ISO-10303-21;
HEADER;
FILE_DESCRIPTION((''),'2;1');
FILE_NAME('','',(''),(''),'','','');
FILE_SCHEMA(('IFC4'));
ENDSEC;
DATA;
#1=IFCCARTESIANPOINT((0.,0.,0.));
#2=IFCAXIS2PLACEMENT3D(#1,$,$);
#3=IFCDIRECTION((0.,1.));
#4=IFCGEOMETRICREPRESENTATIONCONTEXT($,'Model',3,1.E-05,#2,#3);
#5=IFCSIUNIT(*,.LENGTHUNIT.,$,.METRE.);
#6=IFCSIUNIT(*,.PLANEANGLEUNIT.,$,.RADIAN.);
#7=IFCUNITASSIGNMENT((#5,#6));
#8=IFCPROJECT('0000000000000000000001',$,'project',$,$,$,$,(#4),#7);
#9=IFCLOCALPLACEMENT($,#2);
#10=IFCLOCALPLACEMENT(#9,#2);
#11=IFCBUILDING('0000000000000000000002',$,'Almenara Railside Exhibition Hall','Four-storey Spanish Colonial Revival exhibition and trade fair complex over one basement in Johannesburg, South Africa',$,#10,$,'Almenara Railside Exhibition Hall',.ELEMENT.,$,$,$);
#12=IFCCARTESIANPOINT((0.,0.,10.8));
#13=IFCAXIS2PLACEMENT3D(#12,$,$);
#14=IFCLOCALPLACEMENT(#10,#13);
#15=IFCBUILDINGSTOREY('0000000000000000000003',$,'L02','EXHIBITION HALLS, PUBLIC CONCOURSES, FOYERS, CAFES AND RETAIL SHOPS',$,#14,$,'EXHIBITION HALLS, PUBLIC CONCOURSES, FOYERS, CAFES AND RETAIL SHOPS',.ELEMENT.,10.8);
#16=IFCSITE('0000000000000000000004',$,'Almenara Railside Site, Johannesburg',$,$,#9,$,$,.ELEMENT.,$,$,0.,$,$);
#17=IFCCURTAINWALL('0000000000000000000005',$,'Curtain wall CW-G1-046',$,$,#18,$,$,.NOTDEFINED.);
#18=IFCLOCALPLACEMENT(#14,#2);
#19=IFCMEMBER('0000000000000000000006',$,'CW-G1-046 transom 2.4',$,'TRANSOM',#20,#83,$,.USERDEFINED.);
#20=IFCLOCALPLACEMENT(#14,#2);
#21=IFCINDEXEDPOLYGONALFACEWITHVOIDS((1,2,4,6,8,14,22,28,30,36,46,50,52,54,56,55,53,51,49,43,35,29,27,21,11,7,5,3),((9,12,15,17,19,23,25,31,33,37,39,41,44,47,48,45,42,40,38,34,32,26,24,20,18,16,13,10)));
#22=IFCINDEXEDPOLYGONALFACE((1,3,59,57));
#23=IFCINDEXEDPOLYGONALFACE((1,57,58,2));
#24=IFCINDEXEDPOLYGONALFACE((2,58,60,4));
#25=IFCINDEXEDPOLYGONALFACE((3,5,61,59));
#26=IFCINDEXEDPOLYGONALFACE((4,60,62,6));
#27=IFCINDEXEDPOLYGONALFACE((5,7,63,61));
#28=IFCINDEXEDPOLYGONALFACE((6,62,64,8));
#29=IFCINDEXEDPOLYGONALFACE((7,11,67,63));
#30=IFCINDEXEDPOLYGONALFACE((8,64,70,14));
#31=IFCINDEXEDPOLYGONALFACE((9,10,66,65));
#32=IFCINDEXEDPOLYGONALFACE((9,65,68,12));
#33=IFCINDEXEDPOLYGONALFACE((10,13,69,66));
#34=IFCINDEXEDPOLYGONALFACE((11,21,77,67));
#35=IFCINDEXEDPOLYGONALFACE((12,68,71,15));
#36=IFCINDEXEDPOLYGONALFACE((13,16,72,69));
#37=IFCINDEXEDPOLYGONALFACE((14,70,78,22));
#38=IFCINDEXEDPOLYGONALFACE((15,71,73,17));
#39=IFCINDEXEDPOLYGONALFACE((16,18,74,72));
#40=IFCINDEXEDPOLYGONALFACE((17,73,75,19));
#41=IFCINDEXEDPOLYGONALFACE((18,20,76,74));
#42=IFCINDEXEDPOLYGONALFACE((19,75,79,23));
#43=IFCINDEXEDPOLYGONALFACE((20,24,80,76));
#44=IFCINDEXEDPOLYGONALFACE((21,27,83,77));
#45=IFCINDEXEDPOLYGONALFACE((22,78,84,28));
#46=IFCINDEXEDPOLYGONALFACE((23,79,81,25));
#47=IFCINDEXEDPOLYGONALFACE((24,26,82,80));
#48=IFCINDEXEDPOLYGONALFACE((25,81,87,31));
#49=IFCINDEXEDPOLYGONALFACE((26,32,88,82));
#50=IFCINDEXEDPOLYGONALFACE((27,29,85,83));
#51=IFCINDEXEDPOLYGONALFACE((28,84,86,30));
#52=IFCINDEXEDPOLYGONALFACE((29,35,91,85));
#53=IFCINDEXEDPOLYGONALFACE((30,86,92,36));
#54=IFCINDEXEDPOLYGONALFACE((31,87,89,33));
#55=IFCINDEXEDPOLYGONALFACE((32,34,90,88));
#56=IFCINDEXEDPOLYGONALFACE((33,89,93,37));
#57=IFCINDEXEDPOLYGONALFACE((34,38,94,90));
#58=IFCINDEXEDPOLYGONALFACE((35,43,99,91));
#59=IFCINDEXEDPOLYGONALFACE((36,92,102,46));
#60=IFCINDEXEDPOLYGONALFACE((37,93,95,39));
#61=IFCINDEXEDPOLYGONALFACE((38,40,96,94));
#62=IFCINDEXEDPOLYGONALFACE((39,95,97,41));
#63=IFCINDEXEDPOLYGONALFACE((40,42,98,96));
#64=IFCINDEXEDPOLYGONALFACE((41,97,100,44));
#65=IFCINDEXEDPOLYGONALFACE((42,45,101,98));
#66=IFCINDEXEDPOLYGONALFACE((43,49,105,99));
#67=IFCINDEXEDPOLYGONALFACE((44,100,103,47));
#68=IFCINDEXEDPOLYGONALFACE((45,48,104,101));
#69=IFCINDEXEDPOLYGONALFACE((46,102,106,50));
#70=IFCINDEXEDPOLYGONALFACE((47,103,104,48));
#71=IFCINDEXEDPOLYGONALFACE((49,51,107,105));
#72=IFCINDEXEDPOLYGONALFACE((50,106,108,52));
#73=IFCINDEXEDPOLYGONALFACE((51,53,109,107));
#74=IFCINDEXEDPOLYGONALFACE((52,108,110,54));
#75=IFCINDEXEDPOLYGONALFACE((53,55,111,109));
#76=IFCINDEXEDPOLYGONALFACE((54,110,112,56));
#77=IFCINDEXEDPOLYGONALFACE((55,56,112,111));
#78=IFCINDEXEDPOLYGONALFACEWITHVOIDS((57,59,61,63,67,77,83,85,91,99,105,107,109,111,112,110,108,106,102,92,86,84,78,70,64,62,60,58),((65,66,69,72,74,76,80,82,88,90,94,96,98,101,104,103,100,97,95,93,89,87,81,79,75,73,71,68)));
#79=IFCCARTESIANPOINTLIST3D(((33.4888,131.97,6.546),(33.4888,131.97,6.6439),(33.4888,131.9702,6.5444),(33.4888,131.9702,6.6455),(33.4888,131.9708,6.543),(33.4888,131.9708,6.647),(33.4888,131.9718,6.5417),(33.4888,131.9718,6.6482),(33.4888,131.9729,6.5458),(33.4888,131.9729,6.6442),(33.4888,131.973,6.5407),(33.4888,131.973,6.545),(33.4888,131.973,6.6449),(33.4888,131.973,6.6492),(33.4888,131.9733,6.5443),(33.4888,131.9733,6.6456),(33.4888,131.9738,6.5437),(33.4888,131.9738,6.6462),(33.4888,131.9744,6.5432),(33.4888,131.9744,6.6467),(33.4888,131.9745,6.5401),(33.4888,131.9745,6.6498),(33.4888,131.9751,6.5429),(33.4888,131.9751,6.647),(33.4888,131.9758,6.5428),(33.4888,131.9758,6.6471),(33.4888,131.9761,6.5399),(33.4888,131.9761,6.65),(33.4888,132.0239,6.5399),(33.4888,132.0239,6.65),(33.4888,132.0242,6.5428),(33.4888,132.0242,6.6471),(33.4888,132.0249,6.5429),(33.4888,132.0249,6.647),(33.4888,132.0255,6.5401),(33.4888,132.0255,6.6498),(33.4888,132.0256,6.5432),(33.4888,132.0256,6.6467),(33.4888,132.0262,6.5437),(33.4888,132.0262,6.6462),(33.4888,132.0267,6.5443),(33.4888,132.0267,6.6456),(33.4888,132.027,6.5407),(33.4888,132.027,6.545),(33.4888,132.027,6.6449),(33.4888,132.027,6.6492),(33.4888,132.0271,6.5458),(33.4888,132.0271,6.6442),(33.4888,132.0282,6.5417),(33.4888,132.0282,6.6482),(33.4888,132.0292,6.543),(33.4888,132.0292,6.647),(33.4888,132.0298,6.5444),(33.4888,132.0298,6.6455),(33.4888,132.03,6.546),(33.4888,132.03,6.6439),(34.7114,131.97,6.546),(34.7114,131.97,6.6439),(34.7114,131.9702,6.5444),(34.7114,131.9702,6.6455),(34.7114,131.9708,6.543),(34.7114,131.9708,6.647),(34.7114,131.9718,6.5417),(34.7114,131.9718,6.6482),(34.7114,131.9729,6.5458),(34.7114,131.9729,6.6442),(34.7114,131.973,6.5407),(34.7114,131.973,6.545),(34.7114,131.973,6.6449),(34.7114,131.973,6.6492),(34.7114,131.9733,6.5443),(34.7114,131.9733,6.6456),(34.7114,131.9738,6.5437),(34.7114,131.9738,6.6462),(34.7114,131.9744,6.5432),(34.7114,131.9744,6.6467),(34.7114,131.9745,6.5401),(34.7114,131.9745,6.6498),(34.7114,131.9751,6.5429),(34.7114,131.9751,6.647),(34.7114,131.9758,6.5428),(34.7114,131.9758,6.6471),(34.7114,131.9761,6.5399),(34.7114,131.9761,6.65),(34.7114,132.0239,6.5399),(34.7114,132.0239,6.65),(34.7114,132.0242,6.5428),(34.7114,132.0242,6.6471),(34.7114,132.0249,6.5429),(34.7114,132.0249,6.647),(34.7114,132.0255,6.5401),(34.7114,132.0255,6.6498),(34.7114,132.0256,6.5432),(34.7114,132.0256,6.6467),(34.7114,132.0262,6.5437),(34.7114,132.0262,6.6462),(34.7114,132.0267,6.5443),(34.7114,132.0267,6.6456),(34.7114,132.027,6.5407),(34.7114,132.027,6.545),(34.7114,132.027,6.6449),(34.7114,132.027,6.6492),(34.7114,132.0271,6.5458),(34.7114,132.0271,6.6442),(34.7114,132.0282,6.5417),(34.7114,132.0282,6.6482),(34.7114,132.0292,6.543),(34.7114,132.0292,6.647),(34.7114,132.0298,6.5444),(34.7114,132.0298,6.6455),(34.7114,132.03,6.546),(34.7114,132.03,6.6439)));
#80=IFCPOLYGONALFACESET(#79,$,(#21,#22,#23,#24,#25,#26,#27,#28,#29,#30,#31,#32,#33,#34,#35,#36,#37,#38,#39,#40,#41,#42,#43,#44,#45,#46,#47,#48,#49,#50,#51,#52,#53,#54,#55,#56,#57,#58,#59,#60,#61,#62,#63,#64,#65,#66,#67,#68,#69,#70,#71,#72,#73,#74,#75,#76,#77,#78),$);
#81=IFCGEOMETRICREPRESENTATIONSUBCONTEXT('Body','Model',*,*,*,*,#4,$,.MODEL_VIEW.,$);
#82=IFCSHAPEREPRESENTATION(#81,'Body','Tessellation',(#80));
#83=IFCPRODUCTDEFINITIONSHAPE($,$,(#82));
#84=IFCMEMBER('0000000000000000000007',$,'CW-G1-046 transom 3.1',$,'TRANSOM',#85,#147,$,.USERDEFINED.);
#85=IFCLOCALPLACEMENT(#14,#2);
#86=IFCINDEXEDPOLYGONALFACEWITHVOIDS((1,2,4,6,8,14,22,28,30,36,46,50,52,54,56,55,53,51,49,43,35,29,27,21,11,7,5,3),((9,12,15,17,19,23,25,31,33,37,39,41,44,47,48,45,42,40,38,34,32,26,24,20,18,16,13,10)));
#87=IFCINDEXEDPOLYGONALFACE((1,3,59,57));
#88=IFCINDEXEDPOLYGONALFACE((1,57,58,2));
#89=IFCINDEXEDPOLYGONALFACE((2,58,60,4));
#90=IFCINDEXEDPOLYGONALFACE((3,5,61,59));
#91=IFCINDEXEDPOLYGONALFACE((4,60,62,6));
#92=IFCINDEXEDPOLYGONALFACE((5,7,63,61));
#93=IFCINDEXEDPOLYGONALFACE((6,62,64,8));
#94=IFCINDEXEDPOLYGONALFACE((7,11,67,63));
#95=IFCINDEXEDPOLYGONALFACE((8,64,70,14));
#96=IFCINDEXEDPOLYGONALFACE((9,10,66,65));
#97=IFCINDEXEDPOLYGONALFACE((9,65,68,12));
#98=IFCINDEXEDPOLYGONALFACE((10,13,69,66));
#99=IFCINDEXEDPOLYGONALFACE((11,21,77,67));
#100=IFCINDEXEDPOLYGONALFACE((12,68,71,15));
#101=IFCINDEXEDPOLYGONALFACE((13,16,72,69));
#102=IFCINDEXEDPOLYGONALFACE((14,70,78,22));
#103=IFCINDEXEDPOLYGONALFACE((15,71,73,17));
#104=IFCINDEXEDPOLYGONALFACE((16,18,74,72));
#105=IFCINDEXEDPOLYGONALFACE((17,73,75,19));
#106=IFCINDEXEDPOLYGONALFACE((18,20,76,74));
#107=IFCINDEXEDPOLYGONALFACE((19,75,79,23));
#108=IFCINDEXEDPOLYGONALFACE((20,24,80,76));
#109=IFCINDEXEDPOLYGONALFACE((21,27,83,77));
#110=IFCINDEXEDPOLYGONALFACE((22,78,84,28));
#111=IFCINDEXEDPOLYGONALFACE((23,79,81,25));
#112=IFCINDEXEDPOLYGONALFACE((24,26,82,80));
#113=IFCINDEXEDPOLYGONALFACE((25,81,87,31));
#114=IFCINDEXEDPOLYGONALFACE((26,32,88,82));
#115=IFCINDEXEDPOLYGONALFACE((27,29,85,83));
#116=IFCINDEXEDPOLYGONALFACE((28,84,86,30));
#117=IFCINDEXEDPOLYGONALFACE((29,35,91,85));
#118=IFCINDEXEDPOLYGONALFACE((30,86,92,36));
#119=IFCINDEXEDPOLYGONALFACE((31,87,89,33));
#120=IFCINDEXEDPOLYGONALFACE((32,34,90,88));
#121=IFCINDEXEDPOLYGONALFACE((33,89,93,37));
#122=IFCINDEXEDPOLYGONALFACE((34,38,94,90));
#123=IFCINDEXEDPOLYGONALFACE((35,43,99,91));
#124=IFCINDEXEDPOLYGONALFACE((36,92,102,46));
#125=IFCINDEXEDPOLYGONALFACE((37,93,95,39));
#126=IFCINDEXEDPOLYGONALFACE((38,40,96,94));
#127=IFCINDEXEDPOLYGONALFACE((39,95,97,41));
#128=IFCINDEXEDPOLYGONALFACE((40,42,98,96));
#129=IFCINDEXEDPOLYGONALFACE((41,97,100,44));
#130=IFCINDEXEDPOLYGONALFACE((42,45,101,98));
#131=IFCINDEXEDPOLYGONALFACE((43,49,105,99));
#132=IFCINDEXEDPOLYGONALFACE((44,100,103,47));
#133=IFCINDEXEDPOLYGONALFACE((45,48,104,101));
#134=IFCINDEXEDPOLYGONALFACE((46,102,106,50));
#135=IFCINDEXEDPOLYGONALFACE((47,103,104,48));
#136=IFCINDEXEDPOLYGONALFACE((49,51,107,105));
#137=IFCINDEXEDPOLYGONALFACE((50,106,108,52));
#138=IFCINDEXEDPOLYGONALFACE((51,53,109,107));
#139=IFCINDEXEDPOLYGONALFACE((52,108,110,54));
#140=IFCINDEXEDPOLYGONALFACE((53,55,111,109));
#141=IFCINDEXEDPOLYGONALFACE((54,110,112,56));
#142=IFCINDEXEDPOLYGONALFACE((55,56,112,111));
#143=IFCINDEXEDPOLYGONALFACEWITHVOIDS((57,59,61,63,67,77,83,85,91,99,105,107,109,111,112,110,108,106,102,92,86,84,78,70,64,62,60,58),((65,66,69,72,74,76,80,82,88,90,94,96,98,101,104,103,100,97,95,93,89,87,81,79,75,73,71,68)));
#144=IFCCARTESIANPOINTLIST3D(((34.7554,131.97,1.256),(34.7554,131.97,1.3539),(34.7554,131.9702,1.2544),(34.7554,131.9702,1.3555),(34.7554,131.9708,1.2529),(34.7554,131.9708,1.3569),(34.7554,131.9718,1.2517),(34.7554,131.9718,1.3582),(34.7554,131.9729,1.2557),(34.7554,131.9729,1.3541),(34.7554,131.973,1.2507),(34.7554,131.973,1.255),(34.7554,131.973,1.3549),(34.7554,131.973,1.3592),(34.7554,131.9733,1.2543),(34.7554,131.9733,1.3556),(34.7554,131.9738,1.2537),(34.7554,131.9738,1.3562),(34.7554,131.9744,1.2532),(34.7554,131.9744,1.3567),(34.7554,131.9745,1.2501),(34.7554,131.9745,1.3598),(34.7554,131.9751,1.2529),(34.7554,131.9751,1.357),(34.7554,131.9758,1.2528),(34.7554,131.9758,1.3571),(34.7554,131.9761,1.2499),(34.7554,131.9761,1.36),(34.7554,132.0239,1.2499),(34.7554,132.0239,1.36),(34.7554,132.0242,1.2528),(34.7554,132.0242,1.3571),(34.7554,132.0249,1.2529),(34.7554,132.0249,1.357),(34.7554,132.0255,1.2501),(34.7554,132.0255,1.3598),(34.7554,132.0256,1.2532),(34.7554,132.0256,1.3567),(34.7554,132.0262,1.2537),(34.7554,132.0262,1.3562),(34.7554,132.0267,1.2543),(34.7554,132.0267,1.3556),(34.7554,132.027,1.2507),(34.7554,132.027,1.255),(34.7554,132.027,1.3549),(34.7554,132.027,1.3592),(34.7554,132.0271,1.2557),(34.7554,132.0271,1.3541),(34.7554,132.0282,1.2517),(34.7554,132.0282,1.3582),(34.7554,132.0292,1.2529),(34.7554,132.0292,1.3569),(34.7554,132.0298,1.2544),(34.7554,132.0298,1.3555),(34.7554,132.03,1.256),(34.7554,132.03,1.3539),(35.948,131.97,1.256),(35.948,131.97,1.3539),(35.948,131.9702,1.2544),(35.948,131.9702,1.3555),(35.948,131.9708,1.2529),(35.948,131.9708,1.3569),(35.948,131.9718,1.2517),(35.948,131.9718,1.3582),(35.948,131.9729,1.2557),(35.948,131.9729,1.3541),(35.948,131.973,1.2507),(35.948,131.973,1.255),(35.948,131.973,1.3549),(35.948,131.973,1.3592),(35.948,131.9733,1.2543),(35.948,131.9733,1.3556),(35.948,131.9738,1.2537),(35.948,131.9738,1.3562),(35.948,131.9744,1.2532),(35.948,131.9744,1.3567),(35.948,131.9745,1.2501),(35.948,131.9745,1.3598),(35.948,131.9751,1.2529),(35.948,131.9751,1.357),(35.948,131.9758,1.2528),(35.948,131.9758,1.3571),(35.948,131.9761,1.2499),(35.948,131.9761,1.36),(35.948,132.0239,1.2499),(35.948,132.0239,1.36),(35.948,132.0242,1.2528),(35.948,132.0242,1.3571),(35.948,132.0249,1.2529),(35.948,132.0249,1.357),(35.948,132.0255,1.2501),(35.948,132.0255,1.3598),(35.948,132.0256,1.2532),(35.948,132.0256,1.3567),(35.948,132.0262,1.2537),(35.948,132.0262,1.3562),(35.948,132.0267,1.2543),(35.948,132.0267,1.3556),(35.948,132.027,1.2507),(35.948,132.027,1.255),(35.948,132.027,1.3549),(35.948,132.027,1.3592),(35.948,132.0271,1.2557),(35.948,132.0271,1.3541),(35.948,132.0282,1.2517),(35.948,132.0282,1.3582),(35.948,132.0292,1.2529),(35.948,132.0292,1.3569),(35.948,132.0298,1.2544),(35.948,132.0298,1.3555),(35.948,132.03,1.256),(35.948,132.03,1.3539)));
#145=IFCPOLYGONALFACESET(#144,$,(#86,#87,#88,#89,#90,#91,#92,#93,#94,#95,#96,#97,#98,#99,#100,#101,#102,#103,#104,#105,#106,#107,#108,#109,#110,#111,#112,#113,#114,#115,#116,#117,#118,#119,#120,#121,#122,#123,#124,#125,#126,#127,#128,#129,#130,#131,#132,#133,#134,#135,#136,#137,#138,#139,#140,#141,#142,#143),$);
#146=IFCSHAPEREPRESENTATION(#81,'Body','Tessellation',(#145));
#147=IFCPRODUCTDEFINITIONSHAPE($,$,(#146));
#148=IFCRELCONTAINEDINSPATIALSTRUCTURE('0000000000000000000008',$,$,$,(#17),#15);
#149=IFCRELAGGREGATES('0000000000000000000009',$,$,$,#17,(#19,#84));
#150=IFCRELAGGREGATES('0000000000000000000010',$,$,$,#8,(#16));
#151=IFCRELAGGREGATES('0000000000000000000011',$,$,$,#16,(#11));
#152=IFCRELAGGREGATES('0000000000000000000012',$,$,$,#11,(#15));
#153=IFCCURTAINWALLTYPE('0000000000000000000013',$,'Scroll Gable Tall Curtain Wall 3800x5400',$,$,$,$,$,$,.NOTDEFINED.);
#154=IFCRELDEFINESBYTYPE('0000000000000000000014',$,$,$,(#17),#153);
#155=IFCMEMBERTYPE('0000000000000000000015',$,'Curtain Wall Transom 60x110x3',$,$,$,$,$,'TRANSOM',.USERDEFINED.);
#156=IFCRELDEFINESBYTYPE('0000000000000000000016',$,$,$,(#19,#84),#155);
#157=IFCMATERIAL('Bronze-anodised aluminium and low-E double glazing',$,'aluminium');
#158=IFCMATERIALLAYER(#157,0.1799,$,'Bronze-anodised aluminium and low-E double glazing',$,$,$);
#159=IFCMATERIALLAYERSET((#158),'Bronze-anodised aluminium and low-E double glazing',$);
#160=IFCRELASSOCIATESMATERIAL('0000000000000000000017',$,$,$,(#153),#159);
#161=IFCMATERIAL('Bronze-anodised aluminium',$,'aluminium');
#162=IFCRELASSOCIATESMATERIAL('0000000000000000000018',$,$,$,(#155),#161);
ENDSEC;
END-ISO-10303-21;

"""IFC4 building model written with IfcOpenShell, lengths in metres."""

from ifc_helpers import new_model, si_unit, direction, frame, origin, origin_2d, place, context, subcontext, project, spatial, hollow_rectangle, extrude, material, layer, layer_set, material_profile, profile_set, type_object, element, aggregate, save


model = new_model("IFC4")

# Units and contexts
model_context = context("Model", 3, precision=1e-05, world=origin(), true_north=direction((0.0, 1.0)))
body_context = subcontext(model_context, "Body", "Model", "MODEL_VIEW")
ifc_project = project(units=[si_unit("LENGTHUNIT", "METRE"), si_unit("PLANEANGLEUNIT", "RADIAN")], contexts=[model_context])

# Site, building, storey
site_placement = place(None, origin())
site = spatial("IfcSite", under=ifc_project, at=site_placement, Name="Almenara Railside Site, Johannesburg", CompositionType="ELEMENT", RefElevation=0.0)
building_placement = place(site_placement, origin())
building = spatial("IfcBuilding", under=site, at=building_placement, Name="Almenara Railside Exhibition Hall", Description="Four-storey Spanish Colonial Revival exhibition and trade fair complex over one basement in Johannesburg, South Africa", LongName="Almenara Railside Exhibition Hall", CompositionType="ELEMENT")
storey_placement = place(building_placement, frame((0.0, 0.0, 10.8)))
storey = spatial("IfcBuildingStorey", under=building, at=storey_placement, Name="L02", Description="EXHIBITION HALLS, PUBLIC CONCOURSES, FOYERS, CAFES AND RETAIL SHOPS", LongName="EXHIBITION HALLS, PUBLIC CONCOURSES, FOYERS, CAFES AND RETAIL SHOPS", CompositionType="ELEMENT", Elevation=10.8)

# Curtain wall
ifc_material_1 = material(Name="Bronze-anodised aluminium and low-E double glazing", Category="aluminium")
ifc_layer_1 = layer(ifc_material_1, 0.1799, Name="Bronze-anodised aluminium and low-E double glazing")
ifc_layer_set_1 = layer_set([ifc_layer_1], Name="Bronze-anodised aluminium and low-E double glazing")
curtain_wall_type_1 = type_object("IfcCurtainWallType", Name="Scroll Gable Tall Curtain Wall 3800x5400", PredefinedType="NOTDEFINED", material=ifc_layer_set_1)
ifc_material_2 = material(Name="Bronze-anodised aluminium", Category="aluminium")
curtain_wall_1_placement = place(storey_placement, origin())
curtain_wall_1 = element("IfcCurtainWall", 1, at=curtain_wall_1_placement, inside=storey, type_object=curtain_wall_type_1, Name="Curtain wall CW-G1-046", PredefinedType="NOTDEFINED")

# Members
ifc_material_profile_1 = material_profile(ifc_material_2, hollow_rectangle(XDim=0.0601, YDim=0.1101, WallThickness=0.0029, InnerFilletRadius=0.0029, OuterFilletRadius=0.0061, at=origin_2d()), Name="ALU-TRN 60x110x3")
ifc_profile_set_1 = profile_set([ifc_material_profile_1], Name="Bronze-anodised aluminium")
member_type_1 = type_object("IfcMemberType", Name="Curtain Wall Transom 60x110x3", ElementType="TRANSOM", PredefinedType="USERDEFINED", material=ifc_profile_set_1)
member_1_placement = place(storey_placement, frame((33.4888, 132.0, 6.595), z_axis=(1.0, 0.0, 0.0), x_axis=(0.0, 1.0, 0.0)))
member_1 = element("IfcMember", 2, at=member_1_placement, type_object=member_type_1, Name="CW-G1-046 transom 2.4", ObjectType="TRANSOM", PredefinedType="USERDEFINED", context=body_context, shape_type="SweptSolid", body=[
    extrude(hollow_rectangle(XDim=0.0601, YDim=0.1101, WallThickness=0.0029, InnerFilletRadius=0.0029, OuterFilletRadius=0.0061, at=origin_2d()), origin(), (0.0, 0.0, 1.0), 1.2227),
])
member_2_placement = place(storey_placement, frame((34.7554, 132.0, 1.3049), z_axis=(1.0, 0.0, 0.0), x_axis=(0.0, 1.0, 0.0)))
member_2 = element("IfcMember", 3, at=member_2_placement, type_object=member_type_1, Name="CW-G1-046 transom 3.1", ObjectType="TRANSOM", PredefinedType="USERDEFINED", context=body_context, shape_type="SweptSolid", body=[
    extrude(hollow_rectangle(XDim=0.0601, YDim=0.1101, WallThickness=0.0029, InnerFilletRadius=0.0029, OuterFilletRadius=0.0061, at=origin_2d()), origin(), (0.0, 0.0, 1.0), 1.1926),
])

aggregate(curtain_wall_1, [member_1, member_2])

save(model, "model.ifc")
